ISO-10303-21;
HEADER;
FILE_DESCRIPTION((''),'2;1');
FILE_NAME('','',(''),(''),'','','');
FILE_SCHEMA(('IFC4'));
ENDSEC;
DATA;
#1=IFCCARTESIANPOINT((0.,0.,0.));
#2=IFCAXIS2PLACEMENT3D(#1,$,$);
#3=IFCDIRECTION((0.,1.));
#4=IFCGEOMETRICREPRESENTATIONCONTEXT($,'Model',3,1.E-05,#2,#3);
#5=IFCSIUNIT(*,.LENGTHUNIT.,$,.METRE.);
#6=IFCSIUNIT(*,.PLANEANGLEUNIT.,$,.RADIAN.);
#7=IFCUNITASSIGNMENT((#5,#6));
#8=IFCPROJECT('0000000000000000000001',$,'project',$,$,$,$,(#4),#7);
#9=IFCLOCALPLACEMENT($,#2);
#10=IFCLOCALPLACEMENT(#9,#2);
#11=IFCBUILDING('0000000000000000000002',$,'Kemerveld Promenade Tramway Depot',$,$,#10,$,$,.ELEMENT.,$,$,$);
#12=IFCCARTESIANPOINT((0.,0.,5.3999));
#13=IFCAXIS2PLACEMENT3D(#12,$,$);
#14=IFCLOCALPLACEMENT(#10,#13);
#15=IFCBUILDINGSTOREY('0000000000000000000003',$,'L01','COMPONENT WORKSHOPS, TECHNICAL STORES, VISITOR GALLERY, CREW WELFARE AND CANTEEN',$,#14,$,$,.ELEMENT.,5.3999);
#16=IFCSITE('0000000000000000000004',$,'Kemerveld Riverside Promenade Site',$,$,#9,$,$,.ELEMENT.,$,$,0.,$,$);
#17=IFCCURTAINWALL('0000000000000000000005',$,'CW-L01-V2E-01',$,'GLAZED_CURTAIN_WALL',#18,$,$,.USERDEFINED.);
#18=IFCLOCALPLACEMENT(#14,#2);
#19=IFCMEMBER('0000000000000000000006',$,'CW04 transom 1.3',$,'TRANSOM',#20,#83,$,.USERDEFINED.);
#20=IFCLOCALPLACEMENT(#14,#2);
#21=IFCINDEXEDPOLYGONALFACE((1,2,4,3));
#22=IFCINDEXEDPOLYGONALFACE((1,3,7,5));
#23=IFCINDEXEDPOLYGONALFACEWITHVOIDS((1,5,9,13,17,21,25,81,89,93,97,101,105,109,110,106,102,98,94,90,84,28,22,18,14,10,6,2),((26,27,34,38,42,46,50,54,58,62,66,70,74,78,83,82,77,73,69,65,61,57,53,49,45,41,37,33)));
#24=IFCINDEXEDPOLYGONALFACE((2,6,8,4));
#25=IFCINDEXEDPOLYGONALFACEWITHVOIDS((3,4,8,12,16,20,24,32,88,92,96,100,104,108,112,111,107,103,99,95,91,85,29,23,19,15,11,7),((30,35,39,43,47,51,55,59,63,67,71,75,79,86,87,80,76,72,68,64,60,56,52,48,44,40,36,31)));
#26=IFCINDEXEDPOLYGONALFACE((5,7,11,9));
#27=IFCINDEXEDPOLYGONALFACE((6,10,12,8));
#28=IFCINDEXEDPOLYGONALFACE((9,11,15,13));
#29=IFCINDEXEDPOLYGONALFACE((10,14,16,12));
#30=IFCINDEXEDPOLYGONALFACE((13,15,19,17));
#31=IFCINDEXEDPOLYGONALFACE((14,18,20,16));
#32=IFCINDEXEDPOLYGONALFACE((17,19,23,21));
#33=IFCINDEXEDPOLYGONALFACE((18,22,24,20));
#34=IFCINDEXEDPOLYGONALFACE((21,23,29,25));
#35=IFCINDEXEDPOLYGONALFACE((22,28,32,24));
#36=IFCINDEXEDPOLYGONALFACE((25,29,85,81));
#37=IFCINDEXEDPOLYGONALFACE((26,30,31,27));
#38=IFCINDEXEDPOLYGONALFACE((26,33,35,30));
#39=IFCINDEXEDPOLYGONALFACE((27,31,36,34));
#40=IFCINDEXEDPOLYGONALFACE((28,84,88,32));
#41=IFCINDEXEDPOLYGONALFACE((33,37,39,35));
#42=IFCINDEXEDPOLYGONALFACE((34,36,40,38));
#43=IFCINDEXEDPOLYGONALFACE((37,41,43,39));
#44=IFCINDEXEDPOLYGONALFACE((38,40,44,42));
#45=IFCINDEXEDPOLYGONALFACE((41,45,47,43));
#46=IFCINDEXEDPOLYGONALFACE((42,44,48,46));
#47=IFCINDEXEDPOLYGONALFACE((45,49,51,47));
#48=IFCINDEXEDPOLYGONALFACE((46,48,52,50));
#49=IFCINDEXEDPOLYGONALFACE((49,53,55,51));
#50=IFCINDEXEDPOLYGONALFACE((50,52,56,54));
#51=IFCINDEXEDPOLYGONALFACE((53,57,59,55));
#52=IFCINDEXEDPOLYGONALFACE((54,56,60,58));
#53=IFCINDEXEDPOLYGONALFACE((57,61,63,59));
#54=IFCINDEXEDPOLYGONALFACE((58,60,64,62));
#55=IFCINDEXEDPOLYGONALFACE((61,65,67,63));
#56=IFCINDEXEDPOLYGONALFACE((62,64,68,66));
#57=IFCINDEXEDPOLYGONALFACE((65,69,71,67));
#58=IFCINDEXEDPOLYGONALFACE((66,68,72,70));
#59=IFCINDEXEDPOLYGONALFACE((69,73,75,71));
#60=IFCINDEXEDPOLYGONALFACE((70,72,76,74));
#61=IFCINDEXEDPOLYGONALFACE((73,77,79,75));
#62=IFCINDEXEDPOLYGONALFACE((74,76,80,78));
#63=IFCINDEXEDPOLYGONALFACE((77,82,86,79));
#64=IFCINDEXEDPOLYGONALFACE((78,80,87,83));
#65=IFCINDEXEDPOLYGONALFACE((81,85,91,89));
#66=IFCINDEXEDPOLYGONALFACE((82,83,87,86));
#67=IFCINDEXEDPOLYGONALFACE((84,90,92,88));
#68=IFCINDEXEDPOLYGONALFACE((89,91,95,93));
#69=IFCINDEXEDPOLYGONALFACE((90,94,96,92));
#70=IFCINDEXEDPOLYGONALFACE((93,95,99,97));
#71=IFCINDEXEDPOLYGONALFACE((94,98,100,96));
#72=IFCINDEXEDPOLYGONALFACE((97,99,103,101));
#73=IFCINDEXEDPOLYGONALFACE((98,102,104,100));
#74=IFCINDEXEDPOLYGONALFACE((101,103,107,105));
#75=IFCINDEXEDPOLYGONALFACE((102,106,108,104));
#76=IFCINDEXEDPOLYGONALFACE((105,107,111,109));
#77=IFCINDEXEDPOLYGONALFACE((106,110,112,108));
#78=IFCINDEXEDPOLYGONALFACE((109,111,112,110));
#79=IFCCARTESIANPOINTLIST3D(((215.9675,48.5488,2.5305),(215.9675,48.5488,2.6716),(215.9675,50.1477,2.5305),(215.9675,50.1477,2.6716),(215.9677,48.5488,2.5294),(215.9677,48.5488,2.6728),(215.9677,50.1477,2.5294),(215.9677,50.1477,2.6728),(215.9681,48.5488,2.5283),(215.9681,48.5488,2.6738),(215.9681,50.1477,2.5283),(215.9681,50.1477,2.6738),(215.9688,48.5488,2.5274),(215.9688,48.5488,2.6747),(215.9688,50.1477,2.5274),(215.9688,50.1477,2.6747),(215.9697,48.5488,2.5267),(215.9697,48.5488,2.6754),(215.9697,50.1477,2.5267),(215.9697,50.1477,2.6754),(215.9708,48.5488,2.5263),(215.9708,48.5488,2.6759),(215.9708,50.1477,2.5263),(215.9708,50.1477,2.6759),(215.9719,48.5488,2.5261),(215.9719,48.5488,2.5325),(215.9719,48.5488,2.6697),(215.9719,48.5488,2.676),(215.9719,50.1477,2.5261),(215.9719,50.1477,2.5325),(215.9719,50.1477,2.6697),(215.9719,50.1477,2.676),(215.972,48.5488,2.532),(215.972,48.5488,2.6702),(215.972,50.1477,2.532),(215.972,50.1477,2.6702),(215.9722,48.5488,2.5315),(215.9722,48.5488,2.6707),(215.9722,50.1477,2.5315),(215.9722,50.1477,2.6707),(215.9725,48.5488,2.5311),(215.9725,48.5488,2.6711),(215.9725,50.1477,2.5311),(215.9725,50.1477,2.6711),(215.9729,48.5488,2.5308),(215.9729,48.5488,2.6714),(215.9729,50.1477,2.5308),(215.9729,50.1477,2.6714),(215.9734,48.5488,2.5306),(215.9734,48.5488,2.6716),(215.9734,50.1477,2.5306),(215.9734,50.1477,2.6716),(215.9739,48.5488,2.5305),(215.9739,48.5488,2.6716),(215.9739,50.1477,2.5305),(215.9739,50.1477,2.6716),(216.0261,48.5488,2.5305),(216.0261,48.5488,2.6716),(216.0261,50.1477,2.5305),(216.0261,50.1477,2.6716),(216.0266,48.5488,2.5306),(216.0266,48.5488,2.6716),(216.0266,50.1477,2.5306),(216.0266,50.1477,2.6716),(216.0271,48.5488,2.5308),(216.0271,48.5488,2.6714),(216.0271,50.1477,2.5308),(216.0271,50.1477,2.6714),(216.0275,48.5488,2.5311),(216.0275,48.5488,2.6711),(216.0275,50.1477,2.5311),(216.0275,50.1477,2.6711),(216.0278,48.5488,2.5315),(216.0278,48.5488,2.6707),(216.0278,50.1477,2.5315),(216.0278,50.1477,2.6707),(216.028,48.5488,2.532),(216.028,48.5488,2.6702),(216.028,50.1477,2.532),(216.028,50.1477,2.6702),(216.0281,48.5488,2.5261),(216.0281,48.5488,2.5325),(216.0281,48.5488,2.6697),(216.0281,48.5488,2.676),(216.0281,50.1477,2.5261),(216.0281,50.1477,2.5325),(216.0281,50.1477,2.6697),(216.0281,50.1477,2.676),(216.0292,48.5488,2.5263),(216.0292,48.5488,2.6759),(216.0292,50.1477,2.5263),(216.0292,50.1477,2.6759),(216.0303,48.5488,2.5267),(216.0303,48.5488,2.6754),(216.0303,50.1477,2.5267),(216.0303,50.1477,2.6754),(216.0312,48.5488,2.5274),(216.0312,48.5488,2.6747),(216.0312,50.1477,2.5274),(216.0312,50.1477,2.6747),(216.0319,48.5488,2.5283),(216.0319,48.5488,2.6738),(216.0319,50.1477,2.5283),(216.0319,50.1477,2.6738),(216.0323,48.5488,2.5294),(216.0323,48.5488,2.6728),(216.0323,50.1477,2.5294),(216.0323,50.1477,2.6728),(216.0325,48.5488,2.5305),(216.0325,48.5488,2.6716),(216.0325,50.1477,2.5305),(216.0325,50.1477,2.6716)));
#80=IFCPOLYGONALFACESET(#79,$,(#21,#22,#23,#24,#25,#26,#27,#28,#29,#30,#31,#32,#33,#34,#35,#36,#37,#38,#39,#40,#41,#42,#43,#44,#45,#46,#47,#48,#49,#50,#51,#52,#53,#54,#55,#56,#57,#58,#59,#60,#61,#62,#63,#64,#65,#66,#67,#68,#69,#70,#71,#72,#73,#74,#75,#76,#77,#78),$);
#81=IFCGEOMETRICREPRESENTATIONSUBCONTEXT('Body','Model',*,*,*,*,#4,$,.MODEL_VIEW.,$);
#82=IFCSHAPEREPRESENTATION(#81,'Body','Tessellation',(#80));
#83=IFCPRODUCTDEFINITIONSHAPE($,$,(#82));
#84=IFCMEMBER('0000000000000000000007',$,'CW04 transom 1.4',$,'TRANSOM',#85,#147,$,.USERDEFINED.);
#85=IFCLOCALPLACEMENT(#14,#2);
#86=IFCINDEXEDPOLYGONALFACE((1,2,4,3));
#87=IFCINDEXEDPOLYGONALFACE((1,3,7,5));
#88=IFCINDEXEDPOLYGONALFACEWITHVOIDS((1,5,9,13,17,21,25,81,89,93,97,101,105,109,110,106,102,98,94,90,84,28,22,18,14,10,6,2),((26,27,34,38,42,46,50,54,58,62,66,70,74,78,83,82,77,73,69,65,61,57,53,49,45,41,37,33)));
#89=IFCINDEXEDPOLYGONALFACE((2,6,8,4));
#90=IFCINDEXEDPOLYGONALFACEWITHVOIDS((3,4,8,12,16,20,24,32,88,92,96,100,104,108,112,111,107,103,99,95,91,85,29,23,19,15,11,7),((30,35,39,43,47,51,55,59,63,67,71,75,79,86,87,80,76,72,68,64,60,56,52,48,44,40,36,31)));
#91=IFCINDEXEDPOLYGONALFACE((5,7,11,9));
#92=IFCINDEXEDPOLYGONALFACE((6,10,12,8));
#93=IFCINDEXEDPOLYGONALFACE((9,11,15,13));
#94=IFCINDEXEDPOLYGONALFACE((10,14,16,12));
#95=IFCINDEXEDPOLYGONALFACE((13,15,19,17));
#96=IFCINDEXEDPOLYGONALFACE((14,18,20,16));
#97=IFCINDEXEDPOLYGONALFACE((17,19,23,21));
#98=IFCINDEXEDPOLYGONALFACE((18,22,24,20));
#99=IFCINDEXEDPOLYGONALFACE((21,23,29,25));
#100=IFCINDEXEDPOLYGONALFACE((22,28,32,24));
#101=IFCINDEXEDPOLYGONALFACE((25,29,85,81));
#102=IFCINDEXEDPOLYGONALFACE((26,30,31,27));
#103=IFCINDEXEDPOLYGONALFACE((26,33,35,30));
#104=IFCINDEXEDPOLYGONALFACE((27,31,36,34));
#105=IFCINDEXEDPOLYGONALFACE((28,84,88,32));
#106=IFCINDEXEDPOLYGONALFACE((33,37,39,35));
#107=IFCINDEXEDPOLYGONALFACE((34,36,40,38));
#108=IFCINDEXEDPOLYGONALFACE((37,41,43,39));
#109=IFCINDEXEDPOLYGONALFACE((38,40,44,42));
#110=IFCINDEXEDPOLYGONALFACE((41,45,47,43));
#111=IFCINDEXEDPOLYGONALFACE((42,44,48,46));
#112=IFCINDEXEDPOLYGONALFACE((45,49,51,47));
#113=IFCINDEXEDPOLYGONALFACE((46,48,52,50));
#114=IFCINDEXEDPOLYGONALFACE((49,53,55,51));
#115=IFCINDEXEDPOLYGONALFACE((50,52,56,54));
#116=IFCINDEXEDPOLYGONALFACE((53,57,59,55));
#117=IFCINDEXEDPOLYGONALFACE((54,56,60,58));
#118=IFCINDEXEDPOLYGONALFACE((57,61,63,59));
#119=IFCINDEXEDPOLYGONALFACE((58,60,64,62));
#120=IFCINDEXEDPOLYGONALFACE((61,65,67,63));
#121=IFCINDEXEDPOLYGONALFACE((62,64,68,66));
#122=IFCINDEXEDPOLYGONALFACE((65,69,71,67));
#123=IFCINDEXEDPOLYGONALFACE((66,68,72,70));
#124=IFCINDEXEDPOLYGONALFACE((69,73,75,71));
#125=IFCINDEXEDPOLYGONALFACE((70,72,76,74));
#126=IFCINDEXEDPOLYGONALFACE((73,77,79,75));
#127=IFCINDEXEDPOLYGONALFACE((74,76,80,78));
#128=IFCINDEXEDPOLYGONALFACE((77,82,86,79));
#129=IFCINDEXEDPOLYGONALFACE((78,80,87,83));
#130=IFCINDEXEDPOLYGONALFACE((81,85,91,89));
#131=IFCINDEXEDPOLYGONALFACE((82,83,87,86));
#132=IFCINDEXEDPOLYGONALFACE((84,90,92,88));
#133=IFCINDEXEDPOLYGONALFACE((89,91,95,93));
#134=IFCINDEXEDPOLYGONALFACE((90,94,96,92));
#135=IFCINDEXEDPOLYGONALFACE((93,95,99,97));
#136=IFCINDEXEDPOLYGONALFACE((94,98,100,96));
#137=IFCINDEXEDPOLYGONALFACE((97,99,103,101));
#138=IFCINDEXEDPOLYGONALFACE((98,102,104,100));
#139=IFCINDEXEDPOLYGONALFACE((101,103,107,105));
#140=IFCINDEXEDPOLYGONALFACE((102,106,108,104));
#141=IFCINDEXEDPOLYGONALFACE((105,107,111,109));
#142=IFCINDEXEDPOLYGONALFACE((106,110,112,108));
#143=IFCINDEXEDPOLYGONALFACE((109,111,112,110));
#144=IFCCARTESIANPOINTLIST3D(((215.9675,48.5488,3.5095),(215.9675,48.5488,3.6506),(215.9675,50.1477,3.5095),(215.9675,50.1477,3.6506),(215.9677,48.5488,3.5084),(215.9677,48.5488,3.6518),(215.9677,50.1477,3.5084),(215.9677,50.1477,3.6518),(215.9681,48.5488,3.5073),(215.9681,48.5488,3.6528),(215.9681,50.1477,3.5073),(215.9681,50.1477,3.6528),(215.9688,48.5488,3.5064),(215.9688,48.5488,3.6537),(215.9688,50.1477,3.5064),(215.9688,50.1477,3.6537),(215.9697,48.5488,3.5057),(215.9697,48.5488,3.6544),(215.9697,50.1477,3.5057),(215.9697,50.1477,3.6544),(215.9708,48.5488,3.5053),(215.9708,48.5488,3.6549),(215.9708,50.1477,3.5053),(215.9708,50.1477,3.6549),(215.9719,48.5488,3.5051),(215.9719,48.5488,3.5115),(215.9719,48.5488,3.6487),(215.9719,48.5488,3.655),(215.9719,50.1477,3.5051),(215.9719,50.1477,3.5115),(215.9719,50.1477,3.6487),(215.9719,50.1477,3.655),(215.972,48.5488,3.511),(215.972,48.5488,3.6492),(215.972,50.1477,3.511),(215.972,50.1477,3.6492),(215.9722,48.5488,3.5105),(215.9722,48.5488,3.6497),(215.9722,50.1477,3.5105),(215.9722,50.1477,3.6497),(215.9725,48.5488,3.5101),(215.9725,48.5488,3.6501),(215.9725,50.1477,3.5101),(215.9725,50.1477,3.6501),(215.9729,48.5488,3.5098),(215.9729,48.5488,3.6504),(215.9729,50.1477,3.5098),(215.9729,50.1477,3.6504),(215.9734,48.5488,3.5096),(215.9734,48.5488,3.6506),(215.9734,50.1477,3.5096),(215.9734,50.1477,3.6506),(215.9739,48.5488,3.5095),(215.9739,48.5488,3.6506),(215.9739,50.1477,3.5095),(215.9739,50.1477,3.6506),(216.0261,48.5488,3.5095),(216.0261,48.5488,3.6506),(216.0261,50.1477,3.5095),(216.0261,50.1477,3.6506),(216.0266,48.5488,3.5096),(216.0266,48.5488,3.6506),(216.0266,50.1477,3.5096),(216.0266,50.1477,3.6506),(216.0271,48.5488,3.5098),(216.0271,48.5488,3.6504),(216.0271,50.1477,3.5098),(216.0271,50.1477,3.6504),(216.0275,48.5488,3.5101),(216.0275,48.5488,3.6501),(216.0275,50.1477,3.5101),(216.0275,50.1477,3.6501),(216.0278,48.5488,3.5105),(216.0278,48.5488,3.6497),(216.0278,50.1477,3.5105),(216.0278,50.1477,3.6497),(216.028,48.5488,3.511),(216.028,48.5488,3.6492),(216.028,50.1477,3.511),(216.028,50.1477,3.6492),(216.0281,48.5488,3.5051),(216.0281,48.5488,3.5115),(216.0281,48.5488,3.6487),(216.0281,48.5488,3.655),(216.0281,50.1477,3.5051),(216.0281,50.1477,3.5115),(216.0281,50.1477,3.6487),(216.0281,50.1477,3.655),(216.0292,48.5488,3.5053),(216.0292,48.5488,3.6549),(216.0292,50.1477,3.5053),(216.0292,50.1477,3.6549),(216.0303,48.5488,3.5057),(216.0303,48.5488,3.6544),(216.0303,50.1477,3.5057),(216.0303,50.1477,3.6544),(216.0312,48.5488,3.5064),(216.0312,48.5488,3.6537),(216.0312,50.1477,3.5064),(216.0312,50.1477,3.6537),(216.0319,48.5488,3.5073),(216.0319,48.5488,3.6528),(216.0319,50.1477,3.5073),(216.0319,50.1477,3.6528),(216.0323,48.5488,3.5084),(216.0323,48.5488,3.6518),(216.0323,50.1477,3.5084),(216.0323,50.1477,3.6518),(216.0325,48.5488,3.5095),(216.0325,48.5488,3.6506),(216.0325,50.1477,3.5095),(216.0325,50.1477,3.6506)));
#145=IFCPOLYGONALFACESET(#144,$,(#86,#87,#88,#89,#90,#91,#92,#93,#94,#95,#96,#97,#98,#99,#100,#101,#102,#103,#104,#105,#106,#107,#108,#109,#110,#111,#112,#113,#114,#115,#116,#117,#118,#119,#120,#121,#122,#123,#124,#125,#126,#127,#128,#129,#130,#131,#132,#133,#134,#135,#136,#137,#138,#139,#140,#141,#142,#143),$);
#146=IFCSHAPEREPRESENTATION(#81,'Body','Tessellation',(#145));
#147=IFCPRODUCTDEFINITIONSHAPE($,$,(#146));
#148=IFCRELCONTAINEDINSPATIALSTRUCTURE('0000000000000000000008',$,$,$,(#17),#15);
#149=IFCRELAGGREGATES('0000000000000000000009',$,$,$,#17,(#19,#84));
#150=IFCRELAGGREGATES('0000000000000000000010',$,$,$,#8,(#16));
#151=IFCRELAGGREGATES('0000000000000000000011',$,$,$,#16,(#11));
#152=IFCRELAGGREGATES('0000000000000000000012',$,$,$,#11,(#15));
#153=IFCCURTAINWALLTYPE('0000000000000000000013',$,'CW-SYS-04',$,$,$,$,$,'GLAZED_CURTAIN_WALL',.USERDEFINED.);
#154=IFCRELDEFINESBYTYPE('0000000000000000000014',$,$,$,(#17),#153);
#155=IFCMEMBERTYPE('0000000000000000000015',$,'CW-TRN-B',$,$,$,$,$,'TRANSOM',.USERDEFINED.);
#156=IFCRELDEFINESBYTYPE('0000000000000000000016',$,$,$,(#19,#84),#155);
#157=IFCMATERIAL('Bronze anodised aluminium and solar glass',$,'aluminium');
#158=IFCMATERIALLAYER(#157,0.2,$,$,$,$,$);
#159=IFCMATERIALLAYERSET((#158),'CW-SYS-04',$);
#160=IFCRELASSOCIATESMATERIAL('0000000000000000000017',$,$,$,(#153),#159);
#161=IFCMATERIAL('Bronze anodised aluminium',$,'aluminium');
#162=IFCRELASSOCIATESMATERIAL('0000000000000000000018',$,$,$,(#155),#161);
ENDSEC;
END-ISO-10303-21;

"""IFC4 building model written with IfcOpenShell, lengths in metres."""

from ifc_helpers import new_model, si_unit, direction, frame, origin, origin_2d, place, context, subcontext, project, spatial, hollow_rectangle, extrude, material, layer, layer_set, material_profile, profile_set, type_object, element, aggregate, save


model = new_model("IFC4")

# Units and contexts
model_context = context("Model", 3, precision=1e-05, world=origin(), true_north=direction((0.0, 1.0)))
body_context = subcontext(model_context, "Body", "Model", "MODEL_VIEW")
ifc_project = project(units=[si_unit("LENGTHUNIT", "METRE"), si_unit("PLANEANGLEUNIT", "RADIAN")], contexts=[model_context])

# Site, building, storey
site_placement = place(None, origin())
site = spatial("IfcSite", under=ifc_project, at=site_placement, Name="Kemerveld Riverside Promenade Site", CompositionType="ELEMENT", RefElevation=0.0)
building_placement = place(site_placement, origin())
building = spatial("IfcBuilding", under=site, at=building_placement, Name="Kemerveld Promenade Tramway Depot", CompositionType="ELEMENT")
storey_placement = place(building_placement, frame((0.0, 0.0, 5.3999)))
storey = spatial("IfcBuildingStorey", under=building, at=storey_placement, Name="L01", Description="COMPONENT WORKSHOPS, TECHNICAL STORES, VISITOR GALLERY, CREW WELFARE AND CANTEEN", CompositionType="ELEMENT", Elevation=5.3999)

# Shared definitions
ifc_material_1 = material(Name="Bronze anodised aluminium and solar glass", Category="aluminium")
ifc_material_2 = material(Name="Bronze anodised aluminium", Category="aluminium")

# Curtain wall, members
ifc_layer_1 = layer(ifc_material_1, 0.2)
ifc_layer_set_1 = layer_set([ifc_layer_1], Name="CW-SYS-04")
curtain_wall_type_1 = type_object("IfcCurtainWallType", Name="CW-SYS-04", ElementType="GLAZED_CURTAIN_WALL", PredefinedType="USERDEFINED", material=ifc_layer_set_1)
curtain_wall_1_placement = place(storey_placement, origin())
curtain_wall_1 = element("IfcCurtainWall", 1, at=curtain_wall_1_placement, inside=storey, type_object=curtain_wall_type_1, Name="CW-L01-V2E-01", ObjectType="GLAZED_CURTAIN_WALL", PredefinedType="USERDEFINED")
ifc_material_profile_1 = material_profile(ifc_material_2, hollow_rectangle(XDim=0.0649, YDim=0.1499, WallThickness=0.0044, InnerFilletRadius=0.002, OuterFilletRadius=0.0044, at=origin_2d()), Name="CW-TRN-150x65")
ifc_profile_set_1 = profile_set([ifc_material_profile_1], Name="Bronze anodised aluminium")
member_type_1 = type_object("IfcMemberType", Name="CW-TRN-B", ElementType="TRANSOM", PredefinedType="USERDEFINED", material=ifc_profile_set_1)
member_1_placement = place(storey_placement, frame((216.0, 50.1477, 2.6011), z_axis=(0.0, -1.0, 0.0), x_axis=(1.0, 0.0, 0.0)))
member_1 = element("IfcMember", 2, at=member_1_placement, type_object=member_type_1, Name="CW04 transom 1.3", ObjectType="TRANSOM", PredefinedType="USERDEFINED", context=body_context, shape_type="SweptSolid", body=[
    extrude(hollow_rectangle(XDim=0.0649, YDim=0.1499, WallThickness=0.0044, InnerFilletRadius=0.002, OuterFilletRadius=0.0044, at=origin_2d()), origin(), (0.0, 0.0, 1.0), 1.5989),
])
member_2_placement = place(storey_placement, frame((216.0, 50.1477, 3.5801), z_axis=(0.0, -1.0, 0.0), x_axis=(1.0, 0.0, 0.0)))
member_2 = element("IfcMember", 3, at=member_2_placement, type_object=member_type_1, Name="CW04 transom 1.4", ObjectType="TRANSOM", PredefinedType="USERDEFINED", context=body_context, shape_type="SweptSolid", body=[
    extrude(hollow_rectangle(XDim=0.0649, YDim=0.1499, WallThickness=0.0044, InnerFilletRadius=0.002, OuterFilletRadius=0.0044, at=origin_2d()), origin(), (0.0, 0.0, 1.0), 1.5989),
])

aggregate(curtain_wall_1, [member_1, member_2])

save(model, "model.ifc")
